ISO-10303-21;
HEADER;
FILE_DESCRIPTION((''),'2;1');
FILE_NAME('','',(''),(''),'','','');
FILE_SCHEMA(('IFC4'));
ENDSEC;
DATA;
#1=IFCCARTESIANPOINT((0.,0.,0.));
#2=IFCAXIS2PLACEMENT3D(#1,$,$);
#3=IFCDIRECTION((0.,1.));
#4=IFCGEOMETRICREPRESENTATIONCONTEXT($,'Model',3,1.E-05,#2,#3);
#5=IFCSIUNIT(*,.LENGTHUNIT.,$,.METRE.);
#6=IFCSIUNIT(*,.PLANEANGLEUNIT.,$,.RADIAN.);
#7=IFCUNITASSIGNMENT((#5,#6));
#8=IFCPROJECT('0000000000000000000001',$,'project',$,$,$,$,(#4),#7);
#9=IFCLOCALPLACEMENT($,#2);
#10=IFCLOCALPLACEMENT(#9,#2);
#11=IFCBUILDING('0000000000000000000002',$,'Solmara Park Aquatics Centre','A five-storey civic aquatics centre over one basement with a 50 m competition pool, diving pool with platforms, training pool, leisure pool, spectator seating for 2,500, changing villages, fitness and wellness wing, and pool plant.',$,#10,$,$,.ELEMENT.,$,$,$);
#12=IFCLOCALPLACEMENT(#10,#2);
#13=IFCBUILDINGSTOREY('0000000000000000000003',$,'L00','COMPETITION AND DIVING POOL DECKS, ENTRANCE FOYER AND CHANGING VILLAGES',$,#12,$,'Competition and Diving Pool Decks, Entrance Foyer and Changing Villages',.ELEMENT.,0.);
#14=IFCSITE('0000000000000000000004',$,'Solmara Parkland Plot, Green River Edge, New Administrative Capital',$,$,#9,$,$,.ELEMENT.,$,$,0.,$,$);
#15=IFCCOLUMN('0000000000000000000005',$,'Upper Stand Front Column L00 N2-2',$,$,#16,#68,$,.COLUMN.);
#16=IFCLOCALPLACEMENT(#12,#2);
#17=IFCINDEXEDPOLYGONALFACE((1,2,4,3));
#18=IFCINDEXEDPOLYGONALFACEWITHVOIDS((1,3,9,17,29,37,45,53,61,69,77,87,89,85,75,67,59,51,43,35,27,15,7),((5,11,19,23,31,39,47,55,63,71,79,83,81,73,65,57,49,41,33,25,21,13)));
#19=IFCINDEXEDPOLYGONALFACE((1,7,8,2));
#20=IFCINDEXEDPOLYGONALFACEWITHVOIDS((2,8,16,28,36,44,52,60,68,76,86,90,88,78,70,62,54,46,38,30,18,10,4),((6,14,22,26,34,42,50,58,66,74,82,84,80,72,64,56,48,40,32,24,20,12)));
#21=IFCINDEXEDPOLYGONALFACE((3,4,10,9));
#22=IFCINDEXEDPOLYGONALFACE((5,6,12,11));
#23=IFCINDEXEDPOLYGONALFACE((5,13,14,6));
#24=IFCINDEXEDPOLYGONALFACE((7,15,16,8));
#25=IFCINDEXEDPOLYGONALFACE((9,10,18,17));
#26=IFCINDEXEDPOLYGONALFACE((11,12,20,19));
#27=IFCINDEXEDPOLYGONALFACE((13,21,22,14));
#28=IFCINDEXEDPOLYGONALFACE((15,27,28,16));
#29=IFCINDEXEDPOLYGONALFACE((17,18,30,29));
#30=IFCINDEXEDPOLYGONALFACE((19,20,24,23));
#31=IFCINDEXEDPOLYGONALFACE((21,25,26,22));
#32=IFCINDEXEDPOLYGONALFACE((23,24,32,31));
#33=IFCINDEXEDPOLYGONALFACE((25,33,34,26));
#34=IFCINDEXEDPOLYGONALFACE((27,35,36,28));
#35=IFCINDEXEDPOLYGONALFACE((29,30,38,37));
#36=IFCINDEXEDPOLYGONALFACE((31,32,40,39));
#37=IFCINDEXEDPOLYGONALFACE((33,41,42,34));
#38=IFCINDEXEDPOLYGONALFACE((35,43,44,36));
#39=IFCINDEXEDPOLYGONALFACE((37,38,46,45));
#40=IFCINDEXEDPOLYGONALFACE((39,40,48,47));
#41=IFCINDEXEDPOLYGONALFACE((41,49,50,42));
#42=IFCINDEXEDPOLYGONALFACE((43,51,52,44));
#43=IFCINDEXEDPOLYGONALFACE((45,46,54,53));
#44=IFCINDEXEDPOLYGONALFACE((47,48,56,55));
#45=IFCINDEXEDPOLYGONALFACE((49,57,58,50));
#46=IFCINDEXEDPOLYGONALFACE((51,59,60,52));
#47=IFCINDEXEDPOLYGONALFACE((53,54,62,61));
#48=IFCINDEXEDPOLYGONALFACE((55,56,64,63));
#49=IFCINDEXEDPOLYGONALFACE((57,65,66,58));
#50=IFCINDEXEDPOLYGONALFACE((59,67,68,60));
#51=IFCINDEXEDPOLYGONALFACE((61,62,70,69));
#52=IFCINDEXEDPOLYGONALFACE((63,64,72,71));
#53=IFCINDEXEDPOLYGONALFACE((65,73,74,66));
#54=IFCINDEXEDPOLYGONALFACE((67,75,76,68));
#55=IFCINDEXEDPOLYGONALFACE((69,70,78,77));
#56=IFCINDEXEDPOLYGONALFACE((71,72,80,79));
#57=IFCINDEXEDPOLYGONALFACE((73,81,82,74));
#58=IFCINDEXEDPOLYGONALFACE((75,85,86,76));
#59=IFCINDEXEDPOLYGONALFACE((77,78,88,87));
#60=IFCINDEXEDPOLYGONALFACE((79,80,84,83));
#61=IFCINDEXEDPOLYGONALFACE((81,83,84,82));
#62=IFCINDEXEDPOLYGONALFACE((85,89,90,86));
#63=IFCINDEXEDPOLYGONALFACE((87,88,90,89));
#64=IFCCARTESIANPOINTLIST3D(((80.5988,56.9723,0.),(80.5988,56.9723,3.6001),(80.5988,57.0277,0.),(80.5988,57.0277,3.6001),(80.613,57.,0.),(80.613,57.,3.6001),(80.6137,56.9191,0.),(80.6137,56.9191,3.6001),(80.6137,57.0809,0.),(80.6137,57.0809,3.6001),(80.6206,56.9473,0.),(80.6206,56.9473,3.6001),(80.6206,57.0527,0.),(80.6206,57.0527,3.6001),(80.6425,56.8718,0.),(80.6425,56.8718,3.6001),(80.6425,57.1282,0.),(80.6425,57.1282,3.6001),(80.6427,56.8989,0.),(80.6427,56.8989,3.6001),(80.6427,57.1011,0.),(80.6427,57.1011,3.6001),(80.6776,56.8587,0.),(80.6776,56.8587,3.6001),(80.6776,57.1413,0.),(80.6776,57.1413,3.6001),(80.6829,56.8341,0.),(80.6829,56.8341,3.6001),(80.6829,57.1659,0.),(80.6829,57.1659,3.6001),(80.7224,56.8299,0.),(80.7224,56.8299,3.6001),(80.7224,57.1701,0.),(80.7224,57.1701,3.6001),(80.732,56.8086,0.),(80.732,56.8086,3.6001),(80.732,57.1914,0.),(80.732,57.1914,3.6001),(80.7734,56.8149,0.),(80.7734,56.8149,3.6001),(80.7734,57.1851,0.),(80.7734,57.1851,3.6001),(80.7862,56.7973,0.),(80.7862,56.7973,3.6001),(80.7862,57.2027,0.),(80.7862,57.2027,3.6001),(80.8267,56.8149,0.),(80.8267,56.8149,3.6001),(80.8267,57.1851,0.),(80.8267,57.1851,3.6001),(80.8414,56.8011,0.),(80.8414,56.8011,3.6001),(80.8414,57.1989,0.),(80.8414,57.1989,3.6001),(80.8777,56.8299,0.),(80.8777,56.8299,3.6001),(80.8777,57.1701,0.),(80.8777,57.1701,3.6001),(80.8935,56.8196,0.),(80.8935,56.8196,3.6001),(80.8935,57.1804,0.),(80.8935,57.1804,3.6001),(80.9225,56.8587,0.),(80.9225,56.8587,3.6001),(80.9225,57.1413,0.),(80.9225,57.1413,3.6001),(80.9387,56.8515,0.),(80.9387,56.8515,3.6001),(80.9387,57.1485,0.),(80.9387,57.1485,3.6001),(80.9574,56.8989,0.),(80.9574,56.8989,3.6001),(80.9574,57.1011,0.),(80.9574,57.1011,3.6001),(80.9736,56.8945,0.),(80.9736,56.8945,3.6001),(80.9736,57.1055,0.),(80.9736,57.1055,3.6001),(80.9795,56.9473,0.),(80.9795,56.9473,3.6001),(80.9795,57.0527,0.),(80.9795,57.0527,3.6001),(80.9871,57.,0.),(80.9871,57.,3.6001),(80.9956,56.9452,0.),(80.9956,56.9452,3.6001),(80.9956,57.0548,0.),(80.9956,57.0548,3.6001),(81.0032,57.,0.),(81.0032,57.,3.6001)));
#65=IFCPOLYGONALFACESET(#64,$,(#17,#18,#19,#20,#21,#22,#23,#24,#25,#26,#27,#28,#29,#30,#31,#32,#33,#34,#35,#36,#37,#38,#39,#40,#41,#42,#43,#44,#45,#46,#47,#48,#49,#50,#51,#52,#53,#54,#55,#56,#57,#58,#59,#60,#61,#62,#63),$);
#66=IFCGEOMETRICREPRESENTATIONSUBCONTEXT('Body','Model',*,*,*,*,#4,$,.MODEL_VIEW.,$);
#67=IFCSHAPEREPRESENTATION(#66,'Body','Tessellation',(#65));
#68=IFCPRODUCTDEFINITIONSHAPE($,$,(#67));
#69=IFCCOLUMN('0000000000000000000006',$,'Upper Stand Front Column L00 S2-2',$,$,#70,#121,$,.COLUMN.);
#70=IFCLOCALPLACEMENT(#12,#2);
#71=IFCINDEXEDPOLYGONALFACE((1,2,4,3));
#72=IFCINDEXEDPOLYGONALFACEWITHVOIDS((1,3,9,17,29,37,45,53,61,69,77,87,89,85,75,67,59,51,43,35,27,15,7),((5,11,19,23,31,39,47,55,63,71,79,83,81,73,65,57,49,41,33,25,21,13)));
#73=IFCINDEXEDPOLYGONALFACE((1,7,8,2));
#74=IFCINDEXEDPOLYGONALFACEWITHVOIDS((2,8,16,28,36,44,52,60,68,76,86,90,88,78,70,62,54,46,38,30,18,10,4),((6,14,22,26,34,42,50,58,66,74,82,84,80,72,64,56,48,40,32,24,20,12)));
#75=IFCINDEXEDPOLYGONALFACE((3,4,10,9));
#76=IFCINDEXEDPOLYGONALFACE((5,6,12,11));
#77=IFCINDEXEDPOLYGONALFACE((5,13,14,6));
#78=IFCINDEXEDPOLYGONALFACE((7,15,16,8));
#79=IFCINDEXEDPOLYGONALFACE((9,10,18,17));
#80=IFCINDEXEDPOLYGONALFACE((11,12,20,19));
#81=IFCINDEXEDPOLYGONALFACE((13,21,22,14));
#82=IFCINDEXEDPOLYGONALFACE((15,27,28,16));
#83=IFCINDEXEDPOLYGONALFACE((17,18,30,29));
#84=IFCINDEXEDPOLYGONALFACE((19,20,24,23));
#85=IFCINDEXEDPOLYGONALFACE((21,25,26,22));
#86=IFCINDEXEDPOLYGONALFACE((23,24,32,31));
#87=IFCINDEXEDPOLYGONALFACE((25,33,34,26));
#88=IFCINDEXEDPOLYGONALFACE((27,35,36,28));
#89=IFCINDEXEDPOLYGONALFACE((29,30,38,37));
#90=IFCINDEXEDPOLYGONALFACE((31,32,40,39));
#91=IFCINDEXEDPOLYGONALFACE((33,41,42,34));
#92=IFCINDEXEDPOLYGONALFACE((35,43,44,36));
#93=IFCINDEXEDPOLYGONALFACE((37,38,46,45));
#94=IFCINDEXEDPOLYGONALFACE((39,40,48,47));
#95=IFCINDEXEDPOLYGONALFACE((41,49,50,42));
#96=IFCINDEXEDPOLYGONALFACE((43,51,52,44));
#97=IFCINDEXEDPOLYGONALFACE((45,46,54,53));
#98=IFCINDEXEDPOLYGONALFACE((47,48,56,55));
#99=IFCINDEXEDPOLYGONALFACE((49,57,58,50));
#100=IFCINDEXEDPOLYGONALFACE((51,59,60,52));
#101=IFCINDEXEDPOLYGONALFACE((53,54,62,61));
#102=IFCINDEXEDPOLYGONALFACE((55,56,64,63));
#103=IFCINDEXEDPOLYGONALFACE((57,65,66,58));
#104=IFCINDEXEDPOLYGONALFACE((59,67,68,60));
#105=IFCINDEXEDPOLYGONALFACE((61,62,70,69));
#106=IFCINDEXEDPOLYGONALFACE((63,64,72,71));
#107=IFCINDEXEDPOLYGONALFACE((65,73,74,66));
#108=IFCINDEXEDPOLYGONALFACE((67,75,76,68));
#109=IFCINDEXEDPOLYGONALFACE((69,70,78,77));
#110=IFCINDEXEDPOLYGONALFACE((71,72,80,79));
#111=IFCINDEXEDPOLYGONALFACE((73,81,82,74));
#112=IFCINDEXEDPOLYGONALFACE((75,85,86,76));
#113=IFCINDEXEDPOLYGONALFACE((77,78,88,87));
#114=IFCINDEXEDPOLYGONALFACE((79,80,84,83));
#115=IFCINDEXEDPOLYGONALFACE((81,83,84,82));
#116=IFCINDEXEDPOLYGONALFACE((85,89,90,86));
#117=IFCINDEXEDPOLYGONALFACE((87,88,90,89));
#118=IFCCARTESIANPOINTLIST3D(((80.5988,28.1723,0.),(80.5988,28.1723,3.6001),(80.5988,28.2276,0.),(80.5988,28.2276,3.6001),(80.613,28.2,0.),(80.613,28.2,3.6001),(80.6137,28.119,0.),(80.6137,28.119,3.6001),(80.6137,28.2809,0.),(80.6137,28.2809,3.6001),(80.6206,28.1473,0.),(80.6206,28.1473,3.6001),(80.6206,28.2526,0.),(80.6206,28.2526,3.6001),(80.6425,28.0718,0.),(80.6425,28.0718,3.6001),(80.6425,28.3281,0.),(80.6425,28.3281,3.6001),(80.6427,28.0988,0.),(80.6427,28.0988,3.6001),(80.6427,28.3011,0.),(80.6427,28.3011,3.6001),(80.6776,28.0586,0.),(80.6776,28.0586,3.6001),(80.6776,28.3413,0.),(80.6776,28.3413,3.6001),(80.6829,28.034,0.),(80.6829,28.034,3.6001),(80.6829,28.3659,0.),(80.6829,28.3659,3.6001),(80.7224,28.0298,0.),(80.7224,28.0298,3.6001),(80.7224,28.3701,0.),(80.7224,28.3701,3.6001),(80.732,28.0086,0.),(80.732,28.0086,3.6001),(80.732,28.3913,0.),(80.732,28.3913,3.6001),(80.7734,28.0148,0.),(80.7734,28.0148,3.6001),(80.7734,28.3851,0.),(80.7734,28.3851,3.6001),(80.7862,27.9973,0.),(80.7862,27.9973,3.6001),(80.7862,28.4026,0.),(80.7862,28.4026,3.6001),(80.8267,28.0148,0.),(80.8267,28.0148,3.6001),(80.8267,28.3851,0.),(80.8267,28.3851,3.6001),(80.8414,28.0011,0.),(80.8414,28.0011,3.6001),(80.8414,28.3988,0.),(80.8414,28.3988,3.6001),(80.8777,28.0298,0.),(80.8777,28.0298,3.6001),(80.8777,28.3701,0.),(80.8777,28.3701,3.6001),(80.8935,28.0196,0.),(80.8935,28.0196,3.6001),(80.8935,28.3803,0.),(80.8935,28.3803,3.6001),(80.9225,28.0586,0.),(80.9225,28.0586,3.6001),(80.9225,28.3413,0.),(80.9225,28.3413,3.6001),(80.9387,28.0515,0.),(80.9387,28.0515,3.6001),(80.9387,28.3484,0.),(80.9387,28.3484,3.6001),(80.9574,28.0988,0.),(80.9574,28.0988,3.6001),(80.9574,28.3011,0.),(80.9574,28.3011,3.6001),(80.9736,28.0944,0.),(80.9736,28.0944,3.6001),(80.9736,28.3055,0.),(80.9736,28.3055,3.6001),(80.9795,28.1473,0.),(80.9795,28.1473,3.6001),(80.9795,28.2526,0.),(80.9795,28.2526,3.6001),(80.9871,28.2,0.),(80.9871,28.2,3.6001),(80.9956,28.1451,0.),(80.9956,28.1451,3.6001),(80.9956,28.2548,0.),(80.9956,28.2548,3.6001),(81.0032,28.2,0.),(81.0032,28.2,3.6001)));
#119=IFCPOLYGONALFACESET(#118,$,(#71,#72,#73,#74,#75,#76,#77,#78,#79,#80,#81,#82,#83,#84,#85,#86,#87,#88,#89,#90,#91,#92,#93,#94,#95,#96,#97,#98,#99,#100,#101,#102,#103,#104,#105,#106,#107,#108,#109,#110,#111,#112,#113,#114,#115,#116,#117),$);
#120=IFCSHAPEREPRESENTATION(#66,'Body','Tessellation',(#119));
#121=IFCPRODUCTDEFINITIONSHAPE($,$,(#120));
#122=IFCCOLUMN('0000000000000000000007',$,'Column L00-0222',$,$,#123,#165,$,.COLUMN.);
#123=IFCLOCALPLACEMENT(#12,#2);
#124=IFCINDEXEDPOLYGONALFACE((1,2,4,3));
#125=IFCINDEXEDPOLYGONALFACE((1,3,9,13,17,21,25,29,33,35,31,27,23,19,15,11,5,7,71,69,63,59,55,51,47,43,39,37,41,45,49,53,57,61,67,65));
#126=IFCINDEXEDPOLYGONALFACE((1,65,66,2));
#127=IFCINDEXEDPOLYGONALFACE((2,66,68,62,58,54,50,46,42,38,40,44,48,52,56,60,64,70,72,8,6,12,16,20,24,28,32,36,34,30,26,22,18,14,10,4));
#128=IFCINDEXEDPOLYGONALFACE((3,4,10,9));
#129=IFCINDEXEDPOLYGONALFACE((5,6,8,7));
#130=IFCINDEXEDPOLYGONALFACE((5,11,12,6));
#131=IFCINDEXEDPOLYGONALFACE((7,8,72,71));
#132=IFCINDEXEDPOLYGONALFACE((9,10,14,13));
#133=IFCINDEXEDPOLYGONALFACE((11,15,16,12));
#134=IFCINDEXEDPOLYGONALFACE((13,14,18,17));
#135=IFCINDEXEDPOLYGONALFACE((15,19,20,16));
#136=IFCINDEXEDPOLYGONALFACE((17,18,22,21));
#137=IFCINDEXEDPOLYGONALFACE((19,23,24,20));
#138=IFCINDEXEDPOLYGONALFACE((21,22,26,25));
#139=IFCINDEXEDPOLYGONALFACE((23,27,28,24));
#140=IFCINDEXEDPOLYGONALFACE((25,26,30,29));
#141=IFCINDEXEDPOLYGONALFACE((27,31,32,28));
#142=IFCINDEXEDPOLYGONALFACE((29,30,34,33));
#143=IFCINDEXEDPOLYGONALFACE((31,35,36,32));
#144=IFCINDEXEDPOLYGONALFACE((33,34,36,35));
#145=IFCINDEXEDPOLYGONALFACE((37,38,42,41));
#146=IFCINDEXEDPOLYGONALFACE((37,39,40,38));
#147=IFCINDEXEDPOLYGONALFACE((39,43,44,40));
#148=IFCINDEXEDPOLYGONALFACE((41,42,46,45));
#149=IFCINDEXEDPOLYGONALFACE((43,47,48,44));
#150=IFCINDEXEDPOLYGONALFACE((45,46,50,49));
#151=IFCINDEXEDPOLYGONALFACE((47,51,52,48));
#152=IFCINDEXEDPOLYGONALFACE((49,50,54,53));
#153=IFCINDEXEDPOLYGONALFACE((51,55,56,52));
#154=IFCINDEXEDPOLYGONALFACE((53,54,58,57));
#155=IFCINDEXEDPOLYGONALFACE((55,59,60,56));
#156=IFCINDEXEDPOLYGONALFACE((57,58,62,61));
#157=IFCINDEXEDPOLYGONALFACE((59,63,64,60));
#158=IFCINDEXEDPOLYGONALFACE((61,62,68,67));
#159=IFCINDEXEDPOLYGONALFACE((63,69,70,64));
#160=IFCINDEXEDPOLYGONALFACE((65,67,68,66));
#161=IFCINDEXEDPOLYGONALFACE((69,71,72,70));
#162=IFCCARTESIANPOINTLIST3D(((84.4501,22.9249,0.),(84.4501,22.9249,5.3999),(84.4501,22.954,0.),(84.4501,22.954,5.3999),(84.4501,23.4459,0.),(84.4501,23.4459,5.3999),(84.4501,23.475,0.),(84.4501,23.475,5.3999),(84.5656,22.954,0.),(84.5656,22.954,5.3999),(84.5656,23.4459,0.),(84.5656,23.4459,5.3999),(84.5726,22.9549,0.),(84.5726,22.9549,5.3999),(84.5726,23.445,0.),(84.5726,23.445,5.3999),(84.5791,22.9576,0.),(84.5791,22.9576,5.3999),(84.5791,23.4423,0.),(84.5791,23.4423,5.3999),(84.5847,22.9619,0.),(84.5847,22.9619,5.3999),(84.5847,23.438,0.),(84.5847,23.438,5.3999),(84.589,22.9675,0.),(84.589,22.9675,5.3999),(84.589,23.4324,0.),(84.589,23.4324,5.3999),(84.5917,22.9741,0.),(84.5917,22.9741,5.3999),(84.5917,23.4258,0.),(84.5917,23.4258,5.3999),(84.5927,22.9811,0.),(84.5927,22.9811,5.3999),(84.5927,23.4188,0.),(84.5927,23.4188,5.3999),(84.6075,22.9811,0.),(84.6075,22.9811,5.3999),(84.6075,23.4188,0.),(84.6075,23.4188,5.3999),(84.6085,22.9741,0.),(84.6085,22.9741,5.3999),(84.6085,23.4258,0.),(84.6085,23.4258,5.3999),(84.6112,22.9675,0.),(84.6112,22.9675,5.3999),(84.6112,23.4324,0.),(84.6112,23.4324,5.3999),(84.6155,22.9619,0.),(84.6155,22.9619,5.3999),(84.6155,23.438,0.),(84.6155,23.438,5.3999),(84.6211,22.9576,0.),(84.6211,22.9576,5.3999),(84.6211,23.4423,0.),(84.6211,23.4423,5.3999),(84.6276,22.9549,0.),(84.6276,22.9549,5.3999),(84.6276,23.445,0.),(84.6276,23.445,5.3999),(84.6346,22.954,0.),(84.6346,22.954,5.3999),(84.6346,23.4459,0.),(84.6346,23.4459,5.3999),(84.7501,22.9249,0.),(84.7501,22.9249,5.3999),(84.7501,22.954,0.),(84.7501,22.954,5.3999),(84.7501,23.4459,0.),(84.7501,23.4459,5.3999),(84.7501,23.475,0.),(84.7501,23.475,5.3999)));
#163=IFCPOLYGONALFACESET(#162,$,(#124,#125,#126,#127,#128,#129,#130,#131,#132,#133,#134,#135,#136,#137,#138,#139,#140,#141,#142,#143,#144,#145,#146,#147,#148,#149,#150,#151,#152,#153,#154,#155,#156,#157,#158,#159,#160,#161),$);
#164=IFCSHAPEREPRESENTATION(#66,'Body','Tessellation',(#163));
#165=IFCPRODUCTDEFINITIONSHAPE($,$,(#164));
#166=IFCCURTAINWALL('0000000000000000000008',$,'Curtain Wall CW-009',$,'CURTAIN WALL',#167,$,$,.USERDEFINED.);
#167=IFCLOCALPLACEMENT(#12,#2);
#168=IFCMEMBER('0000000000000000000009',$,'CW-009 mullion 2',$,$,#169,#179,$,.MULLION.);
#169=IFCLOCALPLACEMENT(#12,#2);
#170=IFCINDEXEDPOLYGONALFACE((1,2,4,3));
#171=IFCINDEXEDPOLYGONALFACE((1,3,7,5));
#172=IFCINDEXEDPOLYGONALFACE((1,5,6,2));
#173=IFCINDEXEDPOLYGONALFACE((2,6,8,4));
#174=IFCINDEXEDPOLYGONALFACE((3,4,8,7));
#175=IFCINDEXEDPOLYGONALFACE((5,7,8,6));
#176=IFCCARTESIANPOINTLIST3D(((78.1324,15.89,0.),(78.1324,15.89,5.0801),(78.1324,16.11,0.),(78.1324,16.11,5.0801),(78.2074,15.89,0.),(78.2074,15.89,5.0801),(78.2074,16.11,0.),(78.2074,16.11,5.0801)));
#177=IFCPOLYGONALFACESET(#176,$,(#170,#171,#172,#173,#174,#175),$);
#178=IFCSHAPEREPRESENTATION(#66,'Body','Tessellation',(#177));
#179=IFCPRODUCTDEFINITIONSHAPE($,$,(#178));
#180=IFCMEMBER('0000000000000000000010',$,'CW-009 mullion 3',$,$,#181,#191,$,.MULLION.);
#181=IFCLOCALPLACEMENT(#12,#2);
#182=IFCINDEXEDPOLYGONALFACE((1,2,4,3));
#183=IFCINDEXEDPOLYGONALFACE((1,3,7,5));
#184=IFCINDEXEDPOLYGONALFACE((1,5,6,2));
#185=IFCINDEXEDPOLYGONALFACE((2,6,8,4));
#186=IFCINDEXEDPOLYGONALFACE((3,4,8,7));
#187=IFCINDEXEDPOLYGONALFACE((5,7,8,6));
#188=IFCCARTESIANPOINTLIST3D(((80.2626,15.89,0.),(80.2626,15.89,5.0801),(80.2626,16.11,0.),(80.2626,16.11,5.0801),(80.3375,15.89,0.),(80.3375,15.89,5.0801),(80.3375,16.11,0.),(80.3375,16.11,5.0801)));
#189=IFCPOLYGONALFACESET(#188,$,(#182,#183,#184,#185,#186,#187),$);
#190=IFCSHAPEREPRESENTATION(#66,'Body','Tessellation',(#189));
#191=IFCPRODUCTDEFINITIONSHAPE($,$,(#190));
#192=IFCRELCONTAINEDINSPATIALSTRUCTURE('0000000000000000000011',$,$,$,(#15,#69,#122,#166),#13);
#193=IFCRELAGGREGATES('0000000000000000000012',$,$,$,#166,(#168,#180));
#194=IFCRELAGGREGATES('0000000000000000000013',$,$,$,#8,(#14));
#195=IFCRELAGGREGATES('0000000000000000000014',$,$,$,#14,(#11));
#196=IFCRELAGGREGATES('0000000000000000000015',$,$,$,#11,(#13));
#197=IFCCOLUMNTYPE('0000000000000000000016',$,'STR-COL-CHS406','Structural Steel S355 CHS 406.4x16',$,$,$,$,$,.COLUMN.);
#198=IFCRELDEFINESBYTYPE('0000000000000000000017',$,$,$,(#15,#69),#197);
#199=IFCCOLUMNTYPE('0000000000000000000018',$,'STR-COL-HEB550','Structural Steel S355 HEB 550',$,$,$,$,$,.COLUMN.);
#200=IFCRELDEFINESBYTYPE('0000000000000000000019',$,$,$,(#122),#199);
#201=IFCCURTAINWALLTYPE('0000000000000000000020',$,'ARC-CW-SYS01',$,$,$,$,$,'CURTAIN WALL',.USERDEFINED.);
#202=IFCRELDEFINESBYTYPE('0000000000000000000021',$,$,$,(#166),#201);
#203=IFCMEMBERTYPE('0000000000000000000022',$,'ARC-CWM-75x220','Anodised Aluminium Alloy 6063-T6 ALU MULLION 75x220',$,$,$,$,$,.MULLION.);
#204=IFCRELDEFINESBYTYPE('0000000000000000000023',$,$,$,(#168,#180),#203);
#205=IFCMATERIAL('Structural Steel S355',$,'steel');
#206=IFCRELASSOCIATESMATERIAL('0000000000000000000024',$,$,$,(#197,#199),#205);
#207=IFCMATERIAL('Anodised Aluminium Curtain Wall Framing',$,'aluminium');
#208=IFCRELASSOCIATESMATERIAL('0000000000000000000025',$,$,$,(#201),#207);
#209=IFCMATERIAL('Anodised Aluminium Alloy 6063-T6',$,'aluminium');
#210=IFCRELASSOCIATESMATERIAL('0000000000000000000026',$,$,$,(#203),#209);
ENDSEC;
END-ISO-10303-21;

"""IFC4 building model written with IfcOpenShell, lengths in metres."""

from ifc_helpers import new_model, si_unit, direction, frame, origin, origin_2d, place, context, subcontext, project, spatial, rectangle, hollow_circle, i_section, extrude, material, material_profile, profile_set, type_object, element, aggregate, save


model = new_model("IFC4")

# Units and contexts
model_context = context("Model", 3, precision=1e-05, world=origin(), true_north=direction((0.0, 1.0)))
body_context = subcontext(model_context, "Body", "Model", "MODEL_VIEW")
ifc_project = project(units=[si_unit("LENGTHUNIT", "METRE"), si_unit("PLANEANGLEUNIT", "RADIAN")], contexts=[model_context])

# Site, building, storey
site_placement = place(None, origin())
site = spatial("IfcSite", under=ifc_project, at=site_placement, Name="Solmara Parkland Plot, Green River Edge, New Administrative Capital", CompositionType="ELEMENT", RefElevation=0.0)
building_placement = place(site_placement, origin())
building = spatial("IfcBuilding", under=site, at=building_placement, Name="Solmara Park Aquatics Centre", Description="A five-storey civic aquatics centre over one basement with a 50 m competition pool, diving pool with platforms, training pool, leisure pool, spectator seating for 2,500, changing villages, fitness and wellness wing, and pool plant.", CompositionType="ELEMENT")
storey_placement = place(building_placement, origin())
storey = spatial("IfcBuildingStorey", under=building, at=storey_placement, Name="L00", Description="COMPETITION AND DIVING POOL DECKS, ENTRANCE FOYER AND CHANGING VILLAGES", LongName="Competition and Diving Pool Decks, Entrance Foyer and Changing Villages", CompositionType="ELEMENT", Elevation=0.0)

# Columns
ifc_material_1 = material(Name="Structural Steel S355", Category="steel")
ifc_material_profile_1 = material_profile(ifc_material_1, hollow_circle(Radius=0.2031, WallThickness=0.0161, at=origin_2d()), Name="CHS 406.4x16")
ifc_profile_set_1 = profile_set([ifc_material_profile_1], Name="Structural Steel S355")
column_type_1 = type_object("IfcColumnType", Name="STR-COL-CHS406", Description="Structural Steel S355 CHS 406.4x16", PredefinedType="COLUMN", material=ifc_profile_set_1)
for number, where, z_axis, x_axis, name in (
    (1, (80.8, 57.0, 0.0), (0.0, 0.0, 1.0), (1.0, 0.0, 0.0), "Upper Stand Front Column L00 N2-2"),
    (2, (80.8, 28.2, 0.0), (0.0, 0.0, 1.0), (1.0, 0.0, 0.0), "Upper Stand Front Column L00 S2-2"),
):
    element("IfcColumn", number, at=place(storey_placement, frame(where, z_axis=z_axis, x_axis=x_axis)), inside=storey, type_object=column_type_1, Name=name, PredefinedType="COLUMN", context=body_context, shape_type="SweptSolid", body=[
        extrude(hollow_circle(Radius=0.2031, WallThickness=0.0161, at=origin_2d()), origin(), (0.0, 0.0, 1.0), 3.6001),
    ])
ifc_material_profile_2 = material_profile(ifc_material_1, i_section(OverallWidth=0.3, OverallDepth=0.55, WebThickness=0.0149, FlangeThickness=0.0291, FilletRadius=0.0271, at=origin_2d()), Name="HEB 550")
ifc_profile_set_2 = profile_set([ifc_material_profile_2], Name="Structural Steel S355")
column_type_2 = type_object("IfcColumnType", Name="STR-COL-HEB550", Description="Structural Steel S355 HEB 550", PredefinedType="COLUMN", material=ifc_profile_set_2)
column_placement = place(storey_placement, frame((84.6001, 23.2, 0.0), z_axis=(0.0, 0.0, 1.0), x_axis=(1.0, 0.0, 0.0)))
element("IfcColumn", 3, at=column_placement, inside=storey, type_object=column_type_2, Name="Column L00-0222", PredefinedType="COLUMN", context=body_context, shape_type="SweptSolid", body=[
    extrude(i_section(OverallWidth=0.3, OverallDepth=0.55, WebThickness=0.0149, FlangeThickness=0.0291, FilletRadius=0.0271, at=origin_2d()), origin(), (0.0, 0.0, 1.0), 5.3999),
])

# Curtain wall, members
ifc_material_2 = material(Name="Anodised Aluminium Curtain Wall Framing", Category="aluminium")
curtain_wall_type = type_object("IfcCurtainWallType", Name="ARC-CW-SYS01", ElementType="CURTAIN WALL", PredefinedType="USERDEFINED", material=ifc_material_2)
curtain_wall_placement = place(storey_placement, origin())
curtain_wall = element("IfcCurtainWall", 4, at=curtain_wall_placement, inside=storey, type_object=curtain_wall_type, Name="Curtain Wall CW-009", ObjectType="CURTAIN WALL", PredefinedType="USERDEFINED")
ifc_material_3 = material(Name="Anodised Aluminium Alloy 6063-T6", Category="aluminium")
ifc_material_profile_3 = material_profile(ifc_material_3, rectangle(XDim=0.075, YDim=0.22, at=origin_2d()), Name="ALU MULLION 75x220")
ifc_profile_set_3 = profile_set([ifc_material_profile_3], Name="Anodised Aluminium Alloy 6063-T6")
member_type_1 = type_object("IfcMemberType", Name="ARC-CWM-75x220", Description="Anodised Aluminium Alloy 6063-T6 ALU MULLION 75x220", PredefinedType="MULLION", material=ifc_profile_set_3)
member_1_placement = place(storey_placement, frame((78.1699, 16.0, 0.0), z_axis=(0.0, 0.0, 1.0), x_axis=(1.0, 0.0, 0.0)))
member_1 = element("IfcMember", 5, at=member_1_placement, type_object=member_type_1, Name="CW-009 mullion 2", PredefinedType="MULLION", context=body_context, shape_type="SweptSolid", body=[
    extrude(rectangle(XDim=0.075, YDim=0.22, at=origin_2d()), origin(), (0.0, 0.0, 1.0), 5.0801),
])
member_2_placement = place(storey_placement, frame((80.3, 16.0, 0.0), z_axis=(0.0, 0.0, 1.0), x_axis=(1.0, 0.0, 0.0)))
member_2 = element("IfcMember", 6, at=member_2_placement, type_object=member_type_1, Name="CW-009 mullion 3", PredefinedType="MULLION", context=body_context, shape_type="SweptSolid", body=[
    extrude(rectangle(XDim=0.075, YDim=0.22, at=origin_2d()), origin(), (0.0, 0.0, 1.0), 5.0801),
])
aggregate(curtain_wall, [member_1, member_2])

save(model, "model.ifc")
